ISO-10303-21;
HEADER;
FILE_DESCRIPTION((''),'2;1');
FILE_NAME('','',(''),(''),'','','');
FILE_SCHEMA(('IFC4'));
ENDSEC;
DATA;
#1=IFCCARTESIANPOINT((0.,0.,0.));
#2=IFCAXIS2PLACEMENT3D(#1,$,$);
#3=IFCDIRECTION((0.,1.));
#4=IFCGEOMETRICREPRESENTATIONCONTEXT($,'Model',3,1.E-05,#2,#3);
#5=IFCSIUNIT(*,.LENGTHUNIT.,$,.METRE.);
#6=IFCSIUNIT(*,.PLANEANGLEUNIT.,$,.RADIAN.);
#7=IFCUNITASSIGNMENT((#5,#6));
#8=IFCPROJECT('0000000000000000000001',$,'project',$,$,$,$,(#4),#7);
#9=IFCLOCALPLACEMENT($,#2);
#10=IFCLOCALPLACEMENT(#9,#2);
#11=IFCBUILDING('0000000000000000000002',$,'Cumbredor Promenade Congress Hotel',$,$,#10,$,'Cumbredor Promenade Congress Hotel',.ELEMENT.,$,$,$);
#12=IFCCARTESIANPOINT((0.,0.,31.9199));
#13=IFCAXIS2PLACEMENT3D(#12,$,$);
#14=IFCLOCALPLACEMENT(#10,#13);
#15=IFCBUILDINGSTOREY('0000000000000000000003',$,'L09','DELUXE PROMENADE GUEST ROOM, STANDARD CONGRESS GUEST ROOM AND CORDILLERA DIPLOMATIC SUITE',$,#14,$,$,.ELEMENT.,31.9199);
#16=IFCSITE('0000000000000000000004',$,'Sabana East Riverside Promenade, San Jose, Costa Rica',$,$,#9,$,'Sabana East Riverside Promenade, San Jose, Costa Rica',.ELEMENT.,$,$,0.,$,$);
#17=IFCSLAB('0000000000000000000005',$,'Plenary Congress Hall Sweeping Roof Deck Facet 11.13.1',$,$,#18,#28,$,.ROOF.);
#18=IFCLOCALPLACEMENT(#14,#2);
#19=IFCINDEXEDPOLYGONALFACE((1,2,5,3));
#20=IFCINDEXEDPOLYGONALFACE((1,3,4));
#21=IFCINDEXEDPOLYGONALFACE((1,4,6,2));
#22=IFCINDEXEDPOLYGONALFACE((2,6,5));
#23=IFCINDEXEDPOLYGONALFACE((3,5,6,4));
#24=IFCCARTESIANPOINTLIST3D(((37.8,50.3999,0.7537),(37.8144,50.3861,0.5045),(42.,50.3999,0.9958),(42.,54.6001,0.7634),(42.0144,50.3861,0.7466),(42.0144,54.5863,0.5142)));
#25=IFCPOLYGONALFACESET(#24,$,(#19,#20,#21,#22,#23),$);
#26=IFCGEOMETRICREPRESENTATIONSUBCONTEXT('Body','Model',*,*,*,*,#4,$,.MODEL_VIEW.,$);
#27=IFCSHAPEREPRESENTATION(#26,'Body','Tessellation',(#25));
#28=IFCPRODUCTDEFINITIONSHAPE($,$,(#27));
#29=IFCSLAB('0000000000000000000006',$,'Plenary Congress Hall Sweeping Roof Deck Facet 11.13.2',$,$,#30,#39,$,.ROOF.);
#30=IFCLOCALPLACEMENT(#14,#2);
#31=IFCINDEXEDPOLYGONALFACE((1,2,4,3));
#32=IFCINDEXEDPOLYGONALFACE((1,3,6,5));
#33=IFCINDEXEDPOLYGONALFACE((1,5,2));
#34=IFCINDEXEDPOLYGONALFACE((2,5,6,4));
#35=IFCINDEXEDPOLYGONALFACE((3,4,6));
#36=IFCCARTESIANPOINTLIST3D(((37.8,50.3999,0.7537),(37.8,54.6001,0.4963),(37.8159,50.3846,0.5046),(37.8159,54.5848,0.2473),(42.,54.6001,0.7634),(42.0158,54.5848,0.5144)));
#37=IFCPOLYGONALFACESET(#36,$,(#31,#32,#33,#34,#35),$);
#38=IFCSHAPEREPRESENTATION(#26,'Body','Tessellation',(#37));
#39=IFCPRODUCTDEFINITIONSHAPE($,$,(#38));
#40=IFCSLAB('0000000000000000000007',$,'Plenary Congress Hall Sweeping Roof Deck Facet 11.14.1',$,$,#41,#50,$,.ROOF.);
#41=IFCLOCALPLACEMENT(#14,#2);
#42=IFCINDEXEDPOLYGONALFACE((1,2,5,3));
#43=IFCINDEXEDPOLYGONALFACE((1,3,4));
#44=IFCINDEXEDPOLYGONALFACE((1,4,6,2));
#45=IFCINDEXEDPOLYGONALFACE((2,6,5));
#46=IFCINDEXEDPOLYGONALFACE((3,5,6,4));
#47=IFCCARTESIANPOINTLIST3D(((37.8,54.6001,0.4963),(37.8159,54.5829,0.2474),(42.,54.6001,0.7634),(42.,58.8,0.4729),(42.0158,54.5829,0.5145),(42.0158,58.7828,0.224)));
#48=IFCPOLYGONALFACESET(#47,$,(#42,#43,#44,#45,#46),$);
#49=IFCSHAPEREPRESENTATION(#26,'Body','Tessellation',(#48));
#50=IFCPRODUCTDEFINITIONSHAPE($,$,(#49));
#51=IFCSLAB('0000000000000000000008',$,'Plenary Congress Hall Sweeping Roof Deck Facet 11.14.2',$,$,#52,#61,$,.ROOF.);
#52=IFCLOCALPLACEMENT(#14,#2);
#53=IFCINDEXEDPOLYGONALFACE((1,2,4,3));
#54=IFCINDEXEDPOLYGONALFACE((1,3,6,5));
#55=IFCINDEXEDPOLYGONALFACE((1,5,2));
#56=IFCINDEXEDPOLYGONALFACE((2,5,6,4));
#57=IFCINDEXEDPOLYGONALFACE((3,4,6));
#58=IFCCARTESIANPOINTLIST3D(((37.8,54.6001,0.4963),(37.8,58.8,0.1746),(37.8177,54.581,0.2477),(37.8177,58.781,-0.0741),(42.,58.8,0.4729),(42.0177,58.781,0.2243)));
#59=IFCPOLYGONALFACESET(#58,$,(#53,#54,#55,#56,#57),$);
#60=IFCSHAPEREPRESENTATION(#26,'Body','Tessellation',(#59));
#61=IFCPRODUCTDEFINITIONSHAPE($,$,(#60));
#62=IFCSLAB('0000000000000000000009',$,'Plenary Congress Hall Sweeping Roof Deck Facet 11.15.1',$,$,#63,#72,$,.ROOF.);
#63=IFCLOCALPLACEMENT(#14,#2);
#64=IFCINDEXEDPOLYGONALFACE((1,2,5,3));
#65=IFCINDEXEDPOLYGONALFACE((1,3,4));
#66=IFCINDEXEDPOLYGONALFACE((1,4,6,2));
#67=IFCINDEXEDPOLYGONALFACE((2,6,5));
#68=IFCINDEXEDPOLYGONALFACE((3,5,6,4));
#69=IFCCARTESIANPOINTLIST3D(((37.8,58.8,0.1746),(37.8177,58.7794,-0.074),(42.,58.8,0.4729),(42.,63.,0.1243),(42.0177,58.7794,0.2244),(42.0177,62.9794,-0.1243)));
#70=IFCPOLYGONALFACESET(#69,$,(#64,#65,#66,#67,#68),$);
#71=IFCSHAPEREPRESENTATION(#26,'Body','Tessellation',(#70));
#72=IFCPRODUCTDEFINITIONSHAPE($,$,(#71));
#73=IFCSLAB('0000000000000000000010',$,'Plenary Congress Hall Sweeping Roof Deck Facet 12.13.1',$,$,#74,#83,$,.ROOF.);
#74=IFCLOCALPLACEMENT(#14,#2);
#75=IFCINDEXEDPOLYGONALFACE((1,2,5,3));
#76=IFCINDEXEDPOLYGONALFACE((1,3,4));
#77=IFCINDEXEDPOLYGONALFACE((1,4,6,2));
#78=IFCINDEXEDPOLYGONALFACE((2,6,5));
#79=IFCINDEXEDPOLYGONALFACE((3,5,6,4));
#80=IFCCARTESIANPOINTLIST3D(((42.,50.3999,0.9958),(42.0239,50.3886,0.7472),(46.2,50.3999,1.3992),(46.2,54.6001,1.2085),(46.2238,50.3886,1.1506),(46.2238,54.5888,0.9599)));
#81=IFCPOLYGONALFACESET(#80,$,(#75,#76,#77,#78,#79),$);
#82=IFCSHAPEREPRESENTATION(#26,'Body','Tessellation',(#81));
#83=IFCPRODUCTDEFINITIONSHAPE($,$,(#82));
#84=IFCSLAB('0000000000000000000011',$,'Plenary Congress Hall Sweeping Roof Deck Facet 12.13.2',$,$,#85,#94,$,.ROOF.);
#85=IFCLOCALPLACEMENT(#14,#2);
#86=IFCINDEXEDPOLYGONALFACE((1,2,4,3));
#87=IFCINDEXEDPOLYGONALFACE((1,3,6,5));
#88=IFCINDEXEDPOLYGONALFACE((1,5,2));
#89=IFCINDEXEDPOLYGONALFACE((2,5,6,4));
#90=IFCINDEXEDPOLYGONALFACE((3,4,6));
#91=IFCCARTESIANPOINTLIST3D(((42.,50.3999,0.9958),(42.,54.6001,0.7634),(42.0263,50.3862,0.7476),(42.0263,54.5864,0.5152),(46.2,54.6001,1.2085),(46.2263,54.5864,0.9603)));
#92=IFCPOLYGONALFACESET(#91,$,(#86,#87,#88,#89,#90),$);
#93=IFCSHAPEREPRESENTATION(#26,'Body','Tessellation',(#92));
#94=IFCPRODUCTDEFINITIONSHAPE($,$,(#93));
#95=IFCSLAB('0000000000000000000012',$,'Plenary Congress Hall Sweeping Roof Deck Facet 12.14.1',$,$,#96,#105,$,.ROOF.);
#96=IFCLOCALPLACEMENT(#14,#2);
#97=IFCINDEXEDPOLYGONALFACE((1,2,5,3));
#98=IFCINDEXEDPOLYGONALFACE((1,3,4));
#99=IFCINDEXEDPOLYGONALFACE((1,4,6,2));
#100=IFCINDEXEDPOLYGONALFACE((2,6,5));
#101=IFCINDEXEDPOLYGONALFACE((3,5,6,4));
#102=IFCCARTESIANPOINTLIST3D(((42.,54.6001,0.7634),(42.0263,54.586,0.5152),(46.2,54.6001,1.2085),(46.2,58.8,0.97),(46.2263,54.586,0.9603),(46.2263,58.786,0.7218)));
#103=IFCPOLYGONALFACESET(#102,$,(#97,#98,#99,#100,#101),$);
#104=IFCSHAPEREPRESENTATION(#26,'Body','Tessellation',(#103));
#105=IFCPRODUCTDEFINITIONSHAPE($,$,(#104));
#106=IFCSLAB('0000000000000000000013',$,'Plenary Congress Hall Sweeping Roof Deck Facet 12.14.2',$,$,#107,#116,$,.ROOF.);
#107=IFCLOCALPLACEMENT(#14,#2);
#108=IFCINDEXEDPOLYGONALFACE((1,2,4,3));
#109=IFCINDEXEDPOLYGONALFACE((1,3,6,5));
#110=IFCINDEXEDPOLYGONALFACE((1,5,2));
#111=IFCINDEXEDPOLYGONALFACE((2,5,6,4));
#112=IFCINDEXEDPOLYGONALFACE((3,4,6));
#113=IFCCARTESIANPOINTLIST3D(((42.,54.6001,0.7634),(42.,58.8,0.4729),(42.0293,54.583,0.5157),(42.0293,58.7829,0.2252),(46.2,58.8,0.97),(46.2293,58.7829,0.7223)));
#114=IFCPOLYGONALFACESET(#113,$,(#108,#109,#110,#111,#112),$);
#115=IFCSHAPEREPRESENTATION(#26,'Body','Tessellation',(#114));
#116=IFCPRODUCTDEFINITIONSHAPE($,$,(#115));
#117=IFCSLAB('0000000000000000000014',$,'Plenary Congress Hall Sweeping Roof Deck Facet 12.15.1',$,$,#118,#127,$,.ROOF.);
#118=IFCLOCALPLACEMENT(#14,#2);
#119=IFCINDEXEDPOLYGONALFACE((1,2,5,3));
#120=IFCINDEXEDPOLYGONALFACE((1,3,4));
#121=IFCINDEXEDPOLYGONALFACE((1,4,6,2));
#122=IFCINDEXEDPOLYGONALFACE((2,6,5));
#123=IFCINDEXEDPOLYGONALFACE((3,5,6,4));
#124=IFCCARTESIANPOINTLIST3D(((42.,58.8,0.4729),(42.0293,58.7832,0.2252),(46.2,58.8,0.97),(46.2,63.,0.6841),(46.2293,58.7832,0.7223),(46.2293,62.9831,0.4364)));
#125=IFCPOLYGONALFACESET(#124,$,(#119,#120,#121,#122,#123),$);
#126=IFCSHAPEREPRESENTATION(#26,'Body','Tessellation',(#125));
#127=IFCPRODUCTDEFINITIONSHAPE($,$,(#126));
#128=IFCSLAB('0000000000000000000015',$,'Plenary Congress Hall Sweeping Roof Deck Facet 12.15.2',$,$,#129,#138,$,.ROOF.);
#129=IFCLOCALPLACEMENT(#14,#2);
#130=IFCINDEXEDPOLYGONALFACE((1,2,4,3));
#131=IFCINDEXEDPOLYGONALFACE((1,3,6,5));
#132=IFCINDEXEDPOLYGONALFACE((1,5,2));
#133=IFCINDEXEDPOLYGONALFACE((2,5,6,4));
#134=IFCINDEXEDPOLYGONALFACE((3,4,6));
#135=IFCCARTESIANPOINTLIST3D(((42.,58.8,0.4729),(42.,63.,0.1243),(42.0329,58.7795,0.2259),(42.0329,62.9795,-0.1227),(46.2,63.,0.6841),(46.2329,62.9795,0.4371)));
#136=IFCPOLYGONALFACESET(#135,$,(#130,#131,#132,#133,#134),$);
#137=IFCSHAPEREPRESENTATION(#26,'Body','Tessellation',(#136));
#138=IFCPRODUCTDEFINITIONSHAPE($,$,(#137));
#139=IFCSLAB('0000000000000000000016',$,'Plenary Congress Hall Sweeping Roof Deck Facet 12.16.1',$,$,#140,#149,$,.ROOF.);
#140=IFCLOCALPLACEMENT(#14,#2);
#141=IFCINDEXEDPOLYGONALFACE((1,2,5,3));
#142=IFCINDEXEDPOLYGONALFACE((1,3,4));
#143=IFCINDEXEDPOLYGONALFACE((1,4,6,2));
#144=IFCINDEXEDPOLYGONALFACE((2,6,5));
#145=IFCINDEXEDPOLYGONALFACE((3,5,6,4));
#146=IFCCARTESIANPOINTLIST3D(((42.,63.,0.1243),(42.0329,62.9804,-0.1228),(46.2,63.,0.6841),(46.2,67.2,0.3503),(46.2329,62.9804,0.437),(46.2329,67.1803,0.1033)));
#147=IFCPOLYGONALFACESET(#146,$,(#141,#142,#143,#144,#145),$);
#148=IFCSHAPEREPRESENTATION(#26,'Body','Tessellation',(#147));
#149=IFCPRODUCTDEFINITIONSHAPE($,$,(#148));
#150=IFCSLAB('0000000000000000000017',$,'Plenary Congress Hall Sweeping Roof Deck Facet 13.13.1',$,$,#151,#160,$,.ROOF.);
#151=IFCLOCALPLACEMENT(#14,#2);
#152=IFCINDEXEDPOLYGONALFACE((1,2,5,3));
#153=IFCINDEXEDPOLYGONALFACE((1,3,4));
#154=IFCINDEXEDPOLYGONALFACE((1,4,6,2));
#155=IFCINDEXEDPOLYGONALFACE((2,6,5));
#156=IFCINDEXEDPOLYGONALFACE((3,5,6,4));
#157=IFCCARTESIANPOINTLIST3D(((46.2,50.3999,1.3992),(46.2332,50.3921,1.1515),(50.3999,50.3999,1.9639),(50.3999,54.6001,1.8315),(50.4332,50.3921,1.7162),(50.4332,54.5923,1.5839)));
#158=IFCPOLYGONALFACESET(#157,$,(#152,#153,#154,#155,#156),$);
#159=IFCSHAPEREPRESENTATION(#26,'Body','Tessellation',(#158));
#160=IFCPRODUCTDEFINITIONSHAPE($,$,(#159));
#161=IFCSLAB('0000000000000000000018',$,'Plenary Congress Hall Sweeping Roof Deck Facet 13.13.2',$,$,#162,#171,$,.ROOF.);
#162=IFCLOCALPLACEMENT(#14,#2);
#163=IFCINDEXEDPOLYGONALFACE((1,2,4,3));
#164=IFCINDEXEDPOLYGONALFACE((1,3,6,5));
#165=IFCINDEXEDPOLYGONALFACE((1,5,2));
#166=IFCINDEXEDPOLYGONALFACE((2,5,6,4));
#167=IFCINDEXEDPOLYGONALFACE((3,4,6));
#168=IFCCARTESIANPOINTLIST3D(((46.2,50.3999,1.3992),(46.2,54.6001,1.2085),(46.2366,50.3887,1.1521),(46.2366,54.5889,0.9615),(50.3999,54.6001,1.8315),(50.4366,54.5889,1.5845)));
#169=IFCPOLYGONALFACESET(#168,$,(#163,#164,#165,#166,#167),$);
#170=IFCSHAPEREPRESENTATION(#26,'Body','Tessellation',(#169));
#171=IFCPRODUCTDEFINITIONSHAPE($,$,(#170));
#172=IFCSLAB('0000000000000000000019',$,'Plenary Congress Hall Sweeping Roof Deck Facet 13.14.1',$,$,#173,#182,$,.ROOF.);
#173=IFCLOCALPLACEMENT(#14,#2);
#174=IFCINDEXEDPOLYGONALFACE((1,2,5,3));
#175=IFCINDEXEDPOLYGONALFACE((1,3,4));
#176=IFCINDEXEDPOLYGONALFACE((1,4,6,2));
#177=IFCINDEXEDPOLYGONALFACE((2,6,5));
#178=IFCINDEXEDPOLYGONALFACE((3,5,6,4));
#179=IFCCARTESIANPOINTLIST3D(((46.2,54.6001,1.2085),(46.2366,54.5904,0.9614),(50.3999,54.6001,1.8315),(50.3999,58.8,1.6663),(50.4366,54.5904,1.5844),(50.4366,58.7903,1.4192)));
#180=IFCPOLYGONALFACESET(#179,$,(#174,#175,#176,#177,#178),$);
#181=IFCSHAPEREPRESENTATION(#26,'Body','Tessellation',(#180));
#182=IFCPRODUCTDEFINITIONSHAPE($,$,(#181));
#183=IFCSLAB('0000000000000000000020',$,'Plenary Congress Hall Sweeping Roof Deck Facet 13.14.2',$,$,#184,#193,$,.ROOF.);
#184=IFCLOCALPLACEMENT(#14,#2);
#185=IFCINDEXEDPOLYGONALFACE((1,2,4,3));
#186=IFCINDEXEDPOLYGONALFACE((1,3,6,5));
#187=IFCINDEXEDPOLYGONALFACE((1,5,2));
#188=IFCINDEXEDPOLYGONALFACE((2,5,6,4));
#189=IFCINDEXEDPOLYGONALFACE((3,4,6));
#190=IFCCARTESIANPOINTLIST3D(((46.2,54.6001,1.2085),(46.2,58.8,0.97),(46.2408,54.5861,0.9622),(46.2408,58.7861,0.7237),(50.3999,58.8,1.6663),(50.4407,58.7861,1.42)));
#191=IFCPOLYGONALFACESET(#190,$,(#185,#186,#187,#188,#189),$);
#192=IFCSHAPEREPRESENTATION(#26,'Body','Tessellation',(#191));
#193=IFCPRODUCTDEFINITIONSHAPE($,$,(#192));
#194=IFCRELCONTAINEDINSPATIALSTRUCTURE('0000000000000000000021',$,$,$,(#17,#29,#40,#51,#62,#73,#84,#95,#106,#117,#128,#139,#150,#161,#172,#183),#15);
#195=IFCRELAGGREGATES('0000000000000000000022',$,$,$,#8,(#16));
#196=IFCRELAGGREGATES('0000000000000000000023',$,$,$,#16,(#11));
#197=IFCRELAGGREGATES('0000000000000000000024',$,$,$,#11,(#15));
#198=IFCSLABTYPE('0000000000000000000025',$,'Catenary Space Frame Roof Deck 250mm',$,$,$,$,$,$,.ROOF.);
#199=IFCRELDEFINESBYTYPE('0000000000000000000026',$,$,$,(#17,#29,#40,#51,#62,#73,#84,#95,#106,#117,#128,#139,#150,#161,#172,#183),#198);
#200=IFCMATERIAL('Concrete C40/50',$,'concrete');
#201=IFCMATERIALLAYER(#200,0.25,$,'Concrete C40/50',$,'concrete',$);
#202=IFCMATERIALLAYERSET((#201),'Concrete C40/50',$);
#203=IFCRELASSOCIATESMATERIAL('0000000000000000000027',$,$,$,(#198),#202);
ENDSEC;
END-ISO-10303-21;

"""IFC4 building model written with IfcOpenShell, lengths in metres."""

from ifc_helpers import new_model, si_unit, direction, frame, origin, place, context, subcontext, project, spatial, polyline, outline, extrude, material, layer, layer_set, type_object, element, save


model = new_model("IFC4")

# Units and contexts
model_context = context("Model", 3, precision=1e-05, world=origin(), true_north=direction((0.0, 1.0)))
body_context = subcontext(model_context, "Body", "Model", "MODEL_VIEW")
ifc_project = project(units=[si_unit("LENGTHUNIT", "METRE"), si_unit("PLANEANGLEUNIT", "RADIAN")], contexts=[model_context])

# Site, building, storey
site_placement = place(None, origin())
site = spatial("IfcSite", under=ifc_project, at=site_placement, Name="Sabana East Riverside Promenade, San Jose, Costa Rica", LongName="Sabana East Riverside Promenade, San Jose, Costa Rica", CompositionType="ELEMENT", RefElevation=0.0)
building_placement = place(site_placement, origin())
building = spatial("IfcBuilding", under=site, at=building_placement, Name="Cumbredor Promenade Congress Hotel", LongName="Cumbredor Promenade Congress Hotel", CompositionType="ELEMENT")
storey_placement = place(building_placement, frame((0.0, 0.0, 31.9199)))
storey = spatial("IfcBuildingStorey", under=building, at=storey_placement, Name="L09", Description="DELUXE PROMENADE GUEST ROOM, STANDARD CONGRESS GUEST ROOM AND CORDILLERA DIPLOMATIC SUITE", CompositionType="ELEMENT", Elevation=31.9199)

# Slabs
ifc_material_1 = material(Name="Concrete C40/50", Category="concrete")
ifc_layer_1 = layer(ifc_material_1, 0.25, Name="Concrete C40/50", Category="concrete")
ifc_layer_set_1 = layer_set([ifc_layer_1], Name="Concrete C40/50")
slab_type = type_object("IfcSlabType", Name="Catenary Space Frame Roof Deck 250mm", PredefinedType="ROOF", material=ifc_layer_set_1)
slab_1_placement = place(storey_placement, frame((37.8, 50.3999, 0.7537), z_axis=(-0.057481, 0.05516, 0.996822), x_axis=(0.998342, 0.0, 0.057569)))
element("IfcSlab", 1, at=slab_1_placement, inside=storey, type_object=slab_type, Name="Plenary Congress Hall Sweeping Roof Deck Facet 11.13.1", PredefinedType="ROOF", context=body_context, shape_type="SweptSolid", body=[
    extrude(outline(polyline([(0.0, 0.0), (4.2069, 0.0), (4.1935, 4.2066), (0.0, 0.0)])), origin(), (0.0, 0.0, -1.0), 0.25),
])
slab_2_placement = place(storey_placement, frame((37.8, 50.3999, 0.7537), z_axis=(-0.063347, 0.061027, 0.996124), x_axis=(0.707085, 0.707126, 0.001644)))
element("IfcSlab", 2, at=slab_2_placement, inside=storey, type_object=slab_type, Name="Plenary Congress Hall Sweeping Roof Deck Facet 11.13.2", PredefinedType="ROOF", context=body_context, shape_type="SweptSolid", body=[
    extrude(outline(polyline([(0.0, 0.0), (5.9398, 0.0), (2.9696, 2.9815), (0.0, 0.0)])), origin(), (0.0, 0.0, -1.0), 0.25),
])
slab_3_placement = place(storey_placement, frame((37.8, 54.6001, 0.4963), z_axis=(-0.063315, 0.068871, 0.995614), x_axis=(0.997984, 0.0, 0.063465)))
element("IfcSlab", 3, at=slab_3_placement, inside=storey, type_object=slab_type, Name="Plenary Congress Hall Sweeping Roof Deck Facet 11.14.1", PredefinedType="ROOF", context=body_context, shape_type="SweptSolid", body=[
    extrude(outline(polyline([(0.0, 0.0), (4.2084, 0.0), (4.19, 4.2099), (0.0, 0.0)])), origin(), (0.0, 0.0, -1.0), 0.25),
])
slab_4_placement = place(storey_placement, frame((37.8, 54.6001, 0.4963), z_axis=(-0.07065, 0.0762, 0.994586), x_axis=(0.707101, 0.707101, -0.003946)))
element("IfcSlab", 4, at=slab_4_placement, inside=storey, type_object=slab_type, Name="Plenary Congress Hall Sweeping Roof Deck Facet 11.14.2", PredefinedType="ROOF", context=body_context, shape_type="SweptSolid", body=[
    extrude(outline(polyline([(0.0, 0.0), (5.9397, 0.0), (2.9711, 2.986), (0.0, 0.0)])), origin(), (0.0, 0.0, -1.0), 0.25),
])
slab_5_placement = place(storey_placement, frame((37.8, 58.8, 0.1746), z_axis=(-0.070614, 0.082518, 0.994085), x_axis=(0.997487, 0.0, 0.070856)))
element("IfcSlab", 5, at=slab_5_placement, inside=storey, type_object=slab_type, Name="Plenary Congress Hall Sweeping Roof Deck Facet 11.15.1", PredefinedType="ROOF", context=body_context, shape_type="SweptSolid", body=[
    extrude(outline(polyline([(0.0, 0.0), (4.2105, 0.0), (4.1858, 4.2143), (0.0, 0.0)])), origin(), (0.0, 0.0, -1.0), 0.25),
])
slab_6_placement = place(storey_placement, frame((42.0, 50.3999, 0.9958), z_axis=(-0.095493, 0.045142, 0.994406), x_axis=(0.995421, 0.0, 0.09559)))
element("IfcSlab", 6, at=slab_6_placement, inside=storey, type_object=slab_type, Name="Plenary Congress Hall Sweeping Roof Deck Facet 12.13.1", PredefinedType="ROOF", context=body_context, shape_type="SweptSolid", body=[
    extrude(outline(polyline([(0.0, 0.0), (4.2193, 0.0), (4.201, 4.2045), (0.0, 0.0)])), origin(), (0.0, 0.0, -1.0), 0.25),
])
slab_7_placement = place(storey_placement, frame((42.0, 50.3999, 0.9958), z_axis=(-0.105221, 0.054945, 0.99293), x_axis=(0.706634, 0.706675, 0.035777)))
element("IfcSlab", 7, at=slab_7_placement, inside=storey, type_object=slab_type, Name="Plenary Congress Hall Sweeping Roof Deck Facet 12.13.2", PredefinedType="ROOF", context=body_context, shape_type="SweptSolid", body=[
    extrude(outline(polyline([(0.0, 0.0), (5.9436, 0.0), (2.9599, 2.9891), (0.0, 0.0)])), origin(), (0.0, 0.0, -1.0), 0.25),
])
slab_8_placement = place(storey_placement, frame((42.0, 54.6001, 0.7634), z_axis=(-0.105212, 0.056386, 0.99285), x_axis=(0.994432, 0.0, 0.10538)))
element("IfcSlab", 8, at=slab_8_placement, inside=storey, type_object=slab_type, Name="Plenary Congress Hall Sweeping Roof Deck Facet 12.14.1", PredefinedType="ROOF", context=body_context, shape_type="SweptSolid", body=[
    extrude(outline(polyline([(0.0, 0.0), (4.2235, 0.0), (4.1983, 4.2066), (0.0, 0.0)])), origin(), (0.0, 0.0, -1.0), 0.25),
])
slab_9_placement = place(storey_placement, frame((42.0, 54.6001, 0.7634), z_axis=(-0.117255, 0.068533, 0.990734), x_axis=(0.70668, 0.70668, 0.034753)))
element("IfcSlab", 9, at=slab_9_placement, inside=storey, type_object=slab_type, Name="Plenary Congress Hall Sweeping Roof Deck Facet 12.14.2", PredefinedType="ROOF", context=body_context, shape_type="SweptSolid", body=[
    extrude(outline(polyline([(0.0, 0.0), (5.9432, 0.0), (2.9579, 2.9958), (0.0, 0.0)])), origin(), (0.0, 0.0, -1.0), 0.25),
])
slab_10_placement = place(storey_placement, frame((42.0, 58.8, 0.4729), z_axis=(-0.117264, 0.067444, 0.990808), x_axis=(0.993069, 0.0, 0.117531)))
element("IfcSlab", 10, at=slab_10_placement, inside=storey, type_object=slab_type, Name="Plenary Congress Hall Sweeping Roof Deck Facet 12.15.1", PredefinedType="ROOF", context=body_context, shape_type="SweptSolid", body=[
    extrude(outline(polyline([(0.0, 0.0), (4.2293, 0.0), (4.1957, 4.2095), (0.0, 0.0)])), origin(), (0.0, 0.0, -1.0), 0.25),
])
slab_11_placement = place(storey_placement, frame((42.0, 58.8, 0.4729), z_axis=(-0.131677, 0.082004, 0.987895), x_axis=(0.70666, 0.70666, 0.035532)))
element("IfcSlab", 11, at=slab_11_placement, inside=storey, type_object=slab_type, Name="Plenary Congress Hall Sweeping Roof Deck Facet 12.15.2", PredefinedType="ROOF", context=body_context, shape_type="SweptSolid", body=[
    extrude(outline(polyline([(0.0, 0.0), (5.9434, 0.0), (2.9556, 3.0043), (0.0, 0.0)])), origin(), (0.0, 0.0, -1.0), 0.25),
])
slab_12_placement = place(storey_placement, frame((42.0, 63.0, 0.1243), z_axis=(-0.131714, 0.078523, 0.988173), x_axis=(0.991233, 0.0, 0.132122)))
element("IfcSlab", 12, at=slab_12_placement, inside=storey, type_object=slab_type, Name="Plenary Congress Hall Sweeping Roof Deck Facet 12.16.1", PredefinedType="ROOF", context=body_context, shape_type="SweptSolid", body=[
    extrude(outline(polyline([(0.0, 0.0), (4.2371, 0.0), (4.193, 4.213), (0.0, 0.0)])), origin(), (0.0, 0.0, -1.0), 0.25),
])
slab_13_placement = place(storey_placement, frame((46.2, 50.3999, 1.3992), z_axis=(-0.133189, 0.031208, 0.990599), x_axis=(0.991082, 0.0, 0.133254)))
element("IfcSlab", 13, at=slab_13_placement, inside=storey, type_object=slab_type, Name="Plenary Congress Hall Sweeping Roof Deck Facet 13.13.1", PredefinedType="ROOF", context=body_context, shape_type="SweptSolid", body=[
    extrude(outline(polyline([(0.0, 0.0), (4.2377, 0.0), (4.2201, 4.2022), (0.0, 0.0)])), origin(), (0.0, 0.0, -1.0), 0.25),
])
slab_14_placement = place(storey_placement, frame((46.2, 50.3999, 1.3992), z_axis=(-0.146593, 0.04486, 0.988179), x_axis=(0.70522, 0.705261, 0.0726)))
element("IfcSlab", 14, at=slab_14_placement, inside=storey, type_object=slab_type, Name="Plenary Congress Hall Sweeping Roof Deck Facet 13.13.2", PredefinedType="ROOF", context=body_context, shape_type="SweptSolid", body=[
    extrude(outline(polyline([(0.0, 0.0), (5.9555, 0.0), (2.9484, 2.9975), (0.0, 0.0)])), origin(), (0.0, 0.0, -1.0), 0.25),
])
slab_15_placement = place(storey_placement, frame((46.2, 54.6001, 1.2085), z_axis=(-0.146629, 0.038898, 0.988426), x_axis=(0.989175, 0.0, 0.14674)))
element("IfcSlab", 15, at=slab_15_placement, inside=storey, type_object=slab_type, Name="Plenary Congress Hall Sweeping Roof Deck Facet 13.14.1", PredefinedType="ROOF", context=body_context, shape_type="SweptSolid", body=[
    extrude(outline(polyline([(0.0, 0.0), (4.2459, 0.0), (4.2217, 4.2031), (0.0, 0.0)])), origin(), (0.0, 0.0, -1.0), 0.25),
])
slab_16_placement = place(storey_placement, frame((46.2, 54.6001, 1.2085), z_axis=(-0.163297, 0.05594, 0.98499), x_axis=(0.705016, 0.705016, 0.076842)))
element("IfcSlab", 16, at=slab_16_placement, inside=storey, type_object=slab_type, Name="Plenary Congress Hall Sweeping Roof Deck Facet 13.14.2", PredefinedType="ROOF", context=body_context, shape_type="SweptSolid", body=[
    extrude(outline(polyline([(0.0, 0.0), (5.9572, 0.0), (2.9427, 3.0062), (0.0, 0.0)])), origin(), (0.0, 0.0, -1.0), 0.25),
])

save(model, "model.ifc")
